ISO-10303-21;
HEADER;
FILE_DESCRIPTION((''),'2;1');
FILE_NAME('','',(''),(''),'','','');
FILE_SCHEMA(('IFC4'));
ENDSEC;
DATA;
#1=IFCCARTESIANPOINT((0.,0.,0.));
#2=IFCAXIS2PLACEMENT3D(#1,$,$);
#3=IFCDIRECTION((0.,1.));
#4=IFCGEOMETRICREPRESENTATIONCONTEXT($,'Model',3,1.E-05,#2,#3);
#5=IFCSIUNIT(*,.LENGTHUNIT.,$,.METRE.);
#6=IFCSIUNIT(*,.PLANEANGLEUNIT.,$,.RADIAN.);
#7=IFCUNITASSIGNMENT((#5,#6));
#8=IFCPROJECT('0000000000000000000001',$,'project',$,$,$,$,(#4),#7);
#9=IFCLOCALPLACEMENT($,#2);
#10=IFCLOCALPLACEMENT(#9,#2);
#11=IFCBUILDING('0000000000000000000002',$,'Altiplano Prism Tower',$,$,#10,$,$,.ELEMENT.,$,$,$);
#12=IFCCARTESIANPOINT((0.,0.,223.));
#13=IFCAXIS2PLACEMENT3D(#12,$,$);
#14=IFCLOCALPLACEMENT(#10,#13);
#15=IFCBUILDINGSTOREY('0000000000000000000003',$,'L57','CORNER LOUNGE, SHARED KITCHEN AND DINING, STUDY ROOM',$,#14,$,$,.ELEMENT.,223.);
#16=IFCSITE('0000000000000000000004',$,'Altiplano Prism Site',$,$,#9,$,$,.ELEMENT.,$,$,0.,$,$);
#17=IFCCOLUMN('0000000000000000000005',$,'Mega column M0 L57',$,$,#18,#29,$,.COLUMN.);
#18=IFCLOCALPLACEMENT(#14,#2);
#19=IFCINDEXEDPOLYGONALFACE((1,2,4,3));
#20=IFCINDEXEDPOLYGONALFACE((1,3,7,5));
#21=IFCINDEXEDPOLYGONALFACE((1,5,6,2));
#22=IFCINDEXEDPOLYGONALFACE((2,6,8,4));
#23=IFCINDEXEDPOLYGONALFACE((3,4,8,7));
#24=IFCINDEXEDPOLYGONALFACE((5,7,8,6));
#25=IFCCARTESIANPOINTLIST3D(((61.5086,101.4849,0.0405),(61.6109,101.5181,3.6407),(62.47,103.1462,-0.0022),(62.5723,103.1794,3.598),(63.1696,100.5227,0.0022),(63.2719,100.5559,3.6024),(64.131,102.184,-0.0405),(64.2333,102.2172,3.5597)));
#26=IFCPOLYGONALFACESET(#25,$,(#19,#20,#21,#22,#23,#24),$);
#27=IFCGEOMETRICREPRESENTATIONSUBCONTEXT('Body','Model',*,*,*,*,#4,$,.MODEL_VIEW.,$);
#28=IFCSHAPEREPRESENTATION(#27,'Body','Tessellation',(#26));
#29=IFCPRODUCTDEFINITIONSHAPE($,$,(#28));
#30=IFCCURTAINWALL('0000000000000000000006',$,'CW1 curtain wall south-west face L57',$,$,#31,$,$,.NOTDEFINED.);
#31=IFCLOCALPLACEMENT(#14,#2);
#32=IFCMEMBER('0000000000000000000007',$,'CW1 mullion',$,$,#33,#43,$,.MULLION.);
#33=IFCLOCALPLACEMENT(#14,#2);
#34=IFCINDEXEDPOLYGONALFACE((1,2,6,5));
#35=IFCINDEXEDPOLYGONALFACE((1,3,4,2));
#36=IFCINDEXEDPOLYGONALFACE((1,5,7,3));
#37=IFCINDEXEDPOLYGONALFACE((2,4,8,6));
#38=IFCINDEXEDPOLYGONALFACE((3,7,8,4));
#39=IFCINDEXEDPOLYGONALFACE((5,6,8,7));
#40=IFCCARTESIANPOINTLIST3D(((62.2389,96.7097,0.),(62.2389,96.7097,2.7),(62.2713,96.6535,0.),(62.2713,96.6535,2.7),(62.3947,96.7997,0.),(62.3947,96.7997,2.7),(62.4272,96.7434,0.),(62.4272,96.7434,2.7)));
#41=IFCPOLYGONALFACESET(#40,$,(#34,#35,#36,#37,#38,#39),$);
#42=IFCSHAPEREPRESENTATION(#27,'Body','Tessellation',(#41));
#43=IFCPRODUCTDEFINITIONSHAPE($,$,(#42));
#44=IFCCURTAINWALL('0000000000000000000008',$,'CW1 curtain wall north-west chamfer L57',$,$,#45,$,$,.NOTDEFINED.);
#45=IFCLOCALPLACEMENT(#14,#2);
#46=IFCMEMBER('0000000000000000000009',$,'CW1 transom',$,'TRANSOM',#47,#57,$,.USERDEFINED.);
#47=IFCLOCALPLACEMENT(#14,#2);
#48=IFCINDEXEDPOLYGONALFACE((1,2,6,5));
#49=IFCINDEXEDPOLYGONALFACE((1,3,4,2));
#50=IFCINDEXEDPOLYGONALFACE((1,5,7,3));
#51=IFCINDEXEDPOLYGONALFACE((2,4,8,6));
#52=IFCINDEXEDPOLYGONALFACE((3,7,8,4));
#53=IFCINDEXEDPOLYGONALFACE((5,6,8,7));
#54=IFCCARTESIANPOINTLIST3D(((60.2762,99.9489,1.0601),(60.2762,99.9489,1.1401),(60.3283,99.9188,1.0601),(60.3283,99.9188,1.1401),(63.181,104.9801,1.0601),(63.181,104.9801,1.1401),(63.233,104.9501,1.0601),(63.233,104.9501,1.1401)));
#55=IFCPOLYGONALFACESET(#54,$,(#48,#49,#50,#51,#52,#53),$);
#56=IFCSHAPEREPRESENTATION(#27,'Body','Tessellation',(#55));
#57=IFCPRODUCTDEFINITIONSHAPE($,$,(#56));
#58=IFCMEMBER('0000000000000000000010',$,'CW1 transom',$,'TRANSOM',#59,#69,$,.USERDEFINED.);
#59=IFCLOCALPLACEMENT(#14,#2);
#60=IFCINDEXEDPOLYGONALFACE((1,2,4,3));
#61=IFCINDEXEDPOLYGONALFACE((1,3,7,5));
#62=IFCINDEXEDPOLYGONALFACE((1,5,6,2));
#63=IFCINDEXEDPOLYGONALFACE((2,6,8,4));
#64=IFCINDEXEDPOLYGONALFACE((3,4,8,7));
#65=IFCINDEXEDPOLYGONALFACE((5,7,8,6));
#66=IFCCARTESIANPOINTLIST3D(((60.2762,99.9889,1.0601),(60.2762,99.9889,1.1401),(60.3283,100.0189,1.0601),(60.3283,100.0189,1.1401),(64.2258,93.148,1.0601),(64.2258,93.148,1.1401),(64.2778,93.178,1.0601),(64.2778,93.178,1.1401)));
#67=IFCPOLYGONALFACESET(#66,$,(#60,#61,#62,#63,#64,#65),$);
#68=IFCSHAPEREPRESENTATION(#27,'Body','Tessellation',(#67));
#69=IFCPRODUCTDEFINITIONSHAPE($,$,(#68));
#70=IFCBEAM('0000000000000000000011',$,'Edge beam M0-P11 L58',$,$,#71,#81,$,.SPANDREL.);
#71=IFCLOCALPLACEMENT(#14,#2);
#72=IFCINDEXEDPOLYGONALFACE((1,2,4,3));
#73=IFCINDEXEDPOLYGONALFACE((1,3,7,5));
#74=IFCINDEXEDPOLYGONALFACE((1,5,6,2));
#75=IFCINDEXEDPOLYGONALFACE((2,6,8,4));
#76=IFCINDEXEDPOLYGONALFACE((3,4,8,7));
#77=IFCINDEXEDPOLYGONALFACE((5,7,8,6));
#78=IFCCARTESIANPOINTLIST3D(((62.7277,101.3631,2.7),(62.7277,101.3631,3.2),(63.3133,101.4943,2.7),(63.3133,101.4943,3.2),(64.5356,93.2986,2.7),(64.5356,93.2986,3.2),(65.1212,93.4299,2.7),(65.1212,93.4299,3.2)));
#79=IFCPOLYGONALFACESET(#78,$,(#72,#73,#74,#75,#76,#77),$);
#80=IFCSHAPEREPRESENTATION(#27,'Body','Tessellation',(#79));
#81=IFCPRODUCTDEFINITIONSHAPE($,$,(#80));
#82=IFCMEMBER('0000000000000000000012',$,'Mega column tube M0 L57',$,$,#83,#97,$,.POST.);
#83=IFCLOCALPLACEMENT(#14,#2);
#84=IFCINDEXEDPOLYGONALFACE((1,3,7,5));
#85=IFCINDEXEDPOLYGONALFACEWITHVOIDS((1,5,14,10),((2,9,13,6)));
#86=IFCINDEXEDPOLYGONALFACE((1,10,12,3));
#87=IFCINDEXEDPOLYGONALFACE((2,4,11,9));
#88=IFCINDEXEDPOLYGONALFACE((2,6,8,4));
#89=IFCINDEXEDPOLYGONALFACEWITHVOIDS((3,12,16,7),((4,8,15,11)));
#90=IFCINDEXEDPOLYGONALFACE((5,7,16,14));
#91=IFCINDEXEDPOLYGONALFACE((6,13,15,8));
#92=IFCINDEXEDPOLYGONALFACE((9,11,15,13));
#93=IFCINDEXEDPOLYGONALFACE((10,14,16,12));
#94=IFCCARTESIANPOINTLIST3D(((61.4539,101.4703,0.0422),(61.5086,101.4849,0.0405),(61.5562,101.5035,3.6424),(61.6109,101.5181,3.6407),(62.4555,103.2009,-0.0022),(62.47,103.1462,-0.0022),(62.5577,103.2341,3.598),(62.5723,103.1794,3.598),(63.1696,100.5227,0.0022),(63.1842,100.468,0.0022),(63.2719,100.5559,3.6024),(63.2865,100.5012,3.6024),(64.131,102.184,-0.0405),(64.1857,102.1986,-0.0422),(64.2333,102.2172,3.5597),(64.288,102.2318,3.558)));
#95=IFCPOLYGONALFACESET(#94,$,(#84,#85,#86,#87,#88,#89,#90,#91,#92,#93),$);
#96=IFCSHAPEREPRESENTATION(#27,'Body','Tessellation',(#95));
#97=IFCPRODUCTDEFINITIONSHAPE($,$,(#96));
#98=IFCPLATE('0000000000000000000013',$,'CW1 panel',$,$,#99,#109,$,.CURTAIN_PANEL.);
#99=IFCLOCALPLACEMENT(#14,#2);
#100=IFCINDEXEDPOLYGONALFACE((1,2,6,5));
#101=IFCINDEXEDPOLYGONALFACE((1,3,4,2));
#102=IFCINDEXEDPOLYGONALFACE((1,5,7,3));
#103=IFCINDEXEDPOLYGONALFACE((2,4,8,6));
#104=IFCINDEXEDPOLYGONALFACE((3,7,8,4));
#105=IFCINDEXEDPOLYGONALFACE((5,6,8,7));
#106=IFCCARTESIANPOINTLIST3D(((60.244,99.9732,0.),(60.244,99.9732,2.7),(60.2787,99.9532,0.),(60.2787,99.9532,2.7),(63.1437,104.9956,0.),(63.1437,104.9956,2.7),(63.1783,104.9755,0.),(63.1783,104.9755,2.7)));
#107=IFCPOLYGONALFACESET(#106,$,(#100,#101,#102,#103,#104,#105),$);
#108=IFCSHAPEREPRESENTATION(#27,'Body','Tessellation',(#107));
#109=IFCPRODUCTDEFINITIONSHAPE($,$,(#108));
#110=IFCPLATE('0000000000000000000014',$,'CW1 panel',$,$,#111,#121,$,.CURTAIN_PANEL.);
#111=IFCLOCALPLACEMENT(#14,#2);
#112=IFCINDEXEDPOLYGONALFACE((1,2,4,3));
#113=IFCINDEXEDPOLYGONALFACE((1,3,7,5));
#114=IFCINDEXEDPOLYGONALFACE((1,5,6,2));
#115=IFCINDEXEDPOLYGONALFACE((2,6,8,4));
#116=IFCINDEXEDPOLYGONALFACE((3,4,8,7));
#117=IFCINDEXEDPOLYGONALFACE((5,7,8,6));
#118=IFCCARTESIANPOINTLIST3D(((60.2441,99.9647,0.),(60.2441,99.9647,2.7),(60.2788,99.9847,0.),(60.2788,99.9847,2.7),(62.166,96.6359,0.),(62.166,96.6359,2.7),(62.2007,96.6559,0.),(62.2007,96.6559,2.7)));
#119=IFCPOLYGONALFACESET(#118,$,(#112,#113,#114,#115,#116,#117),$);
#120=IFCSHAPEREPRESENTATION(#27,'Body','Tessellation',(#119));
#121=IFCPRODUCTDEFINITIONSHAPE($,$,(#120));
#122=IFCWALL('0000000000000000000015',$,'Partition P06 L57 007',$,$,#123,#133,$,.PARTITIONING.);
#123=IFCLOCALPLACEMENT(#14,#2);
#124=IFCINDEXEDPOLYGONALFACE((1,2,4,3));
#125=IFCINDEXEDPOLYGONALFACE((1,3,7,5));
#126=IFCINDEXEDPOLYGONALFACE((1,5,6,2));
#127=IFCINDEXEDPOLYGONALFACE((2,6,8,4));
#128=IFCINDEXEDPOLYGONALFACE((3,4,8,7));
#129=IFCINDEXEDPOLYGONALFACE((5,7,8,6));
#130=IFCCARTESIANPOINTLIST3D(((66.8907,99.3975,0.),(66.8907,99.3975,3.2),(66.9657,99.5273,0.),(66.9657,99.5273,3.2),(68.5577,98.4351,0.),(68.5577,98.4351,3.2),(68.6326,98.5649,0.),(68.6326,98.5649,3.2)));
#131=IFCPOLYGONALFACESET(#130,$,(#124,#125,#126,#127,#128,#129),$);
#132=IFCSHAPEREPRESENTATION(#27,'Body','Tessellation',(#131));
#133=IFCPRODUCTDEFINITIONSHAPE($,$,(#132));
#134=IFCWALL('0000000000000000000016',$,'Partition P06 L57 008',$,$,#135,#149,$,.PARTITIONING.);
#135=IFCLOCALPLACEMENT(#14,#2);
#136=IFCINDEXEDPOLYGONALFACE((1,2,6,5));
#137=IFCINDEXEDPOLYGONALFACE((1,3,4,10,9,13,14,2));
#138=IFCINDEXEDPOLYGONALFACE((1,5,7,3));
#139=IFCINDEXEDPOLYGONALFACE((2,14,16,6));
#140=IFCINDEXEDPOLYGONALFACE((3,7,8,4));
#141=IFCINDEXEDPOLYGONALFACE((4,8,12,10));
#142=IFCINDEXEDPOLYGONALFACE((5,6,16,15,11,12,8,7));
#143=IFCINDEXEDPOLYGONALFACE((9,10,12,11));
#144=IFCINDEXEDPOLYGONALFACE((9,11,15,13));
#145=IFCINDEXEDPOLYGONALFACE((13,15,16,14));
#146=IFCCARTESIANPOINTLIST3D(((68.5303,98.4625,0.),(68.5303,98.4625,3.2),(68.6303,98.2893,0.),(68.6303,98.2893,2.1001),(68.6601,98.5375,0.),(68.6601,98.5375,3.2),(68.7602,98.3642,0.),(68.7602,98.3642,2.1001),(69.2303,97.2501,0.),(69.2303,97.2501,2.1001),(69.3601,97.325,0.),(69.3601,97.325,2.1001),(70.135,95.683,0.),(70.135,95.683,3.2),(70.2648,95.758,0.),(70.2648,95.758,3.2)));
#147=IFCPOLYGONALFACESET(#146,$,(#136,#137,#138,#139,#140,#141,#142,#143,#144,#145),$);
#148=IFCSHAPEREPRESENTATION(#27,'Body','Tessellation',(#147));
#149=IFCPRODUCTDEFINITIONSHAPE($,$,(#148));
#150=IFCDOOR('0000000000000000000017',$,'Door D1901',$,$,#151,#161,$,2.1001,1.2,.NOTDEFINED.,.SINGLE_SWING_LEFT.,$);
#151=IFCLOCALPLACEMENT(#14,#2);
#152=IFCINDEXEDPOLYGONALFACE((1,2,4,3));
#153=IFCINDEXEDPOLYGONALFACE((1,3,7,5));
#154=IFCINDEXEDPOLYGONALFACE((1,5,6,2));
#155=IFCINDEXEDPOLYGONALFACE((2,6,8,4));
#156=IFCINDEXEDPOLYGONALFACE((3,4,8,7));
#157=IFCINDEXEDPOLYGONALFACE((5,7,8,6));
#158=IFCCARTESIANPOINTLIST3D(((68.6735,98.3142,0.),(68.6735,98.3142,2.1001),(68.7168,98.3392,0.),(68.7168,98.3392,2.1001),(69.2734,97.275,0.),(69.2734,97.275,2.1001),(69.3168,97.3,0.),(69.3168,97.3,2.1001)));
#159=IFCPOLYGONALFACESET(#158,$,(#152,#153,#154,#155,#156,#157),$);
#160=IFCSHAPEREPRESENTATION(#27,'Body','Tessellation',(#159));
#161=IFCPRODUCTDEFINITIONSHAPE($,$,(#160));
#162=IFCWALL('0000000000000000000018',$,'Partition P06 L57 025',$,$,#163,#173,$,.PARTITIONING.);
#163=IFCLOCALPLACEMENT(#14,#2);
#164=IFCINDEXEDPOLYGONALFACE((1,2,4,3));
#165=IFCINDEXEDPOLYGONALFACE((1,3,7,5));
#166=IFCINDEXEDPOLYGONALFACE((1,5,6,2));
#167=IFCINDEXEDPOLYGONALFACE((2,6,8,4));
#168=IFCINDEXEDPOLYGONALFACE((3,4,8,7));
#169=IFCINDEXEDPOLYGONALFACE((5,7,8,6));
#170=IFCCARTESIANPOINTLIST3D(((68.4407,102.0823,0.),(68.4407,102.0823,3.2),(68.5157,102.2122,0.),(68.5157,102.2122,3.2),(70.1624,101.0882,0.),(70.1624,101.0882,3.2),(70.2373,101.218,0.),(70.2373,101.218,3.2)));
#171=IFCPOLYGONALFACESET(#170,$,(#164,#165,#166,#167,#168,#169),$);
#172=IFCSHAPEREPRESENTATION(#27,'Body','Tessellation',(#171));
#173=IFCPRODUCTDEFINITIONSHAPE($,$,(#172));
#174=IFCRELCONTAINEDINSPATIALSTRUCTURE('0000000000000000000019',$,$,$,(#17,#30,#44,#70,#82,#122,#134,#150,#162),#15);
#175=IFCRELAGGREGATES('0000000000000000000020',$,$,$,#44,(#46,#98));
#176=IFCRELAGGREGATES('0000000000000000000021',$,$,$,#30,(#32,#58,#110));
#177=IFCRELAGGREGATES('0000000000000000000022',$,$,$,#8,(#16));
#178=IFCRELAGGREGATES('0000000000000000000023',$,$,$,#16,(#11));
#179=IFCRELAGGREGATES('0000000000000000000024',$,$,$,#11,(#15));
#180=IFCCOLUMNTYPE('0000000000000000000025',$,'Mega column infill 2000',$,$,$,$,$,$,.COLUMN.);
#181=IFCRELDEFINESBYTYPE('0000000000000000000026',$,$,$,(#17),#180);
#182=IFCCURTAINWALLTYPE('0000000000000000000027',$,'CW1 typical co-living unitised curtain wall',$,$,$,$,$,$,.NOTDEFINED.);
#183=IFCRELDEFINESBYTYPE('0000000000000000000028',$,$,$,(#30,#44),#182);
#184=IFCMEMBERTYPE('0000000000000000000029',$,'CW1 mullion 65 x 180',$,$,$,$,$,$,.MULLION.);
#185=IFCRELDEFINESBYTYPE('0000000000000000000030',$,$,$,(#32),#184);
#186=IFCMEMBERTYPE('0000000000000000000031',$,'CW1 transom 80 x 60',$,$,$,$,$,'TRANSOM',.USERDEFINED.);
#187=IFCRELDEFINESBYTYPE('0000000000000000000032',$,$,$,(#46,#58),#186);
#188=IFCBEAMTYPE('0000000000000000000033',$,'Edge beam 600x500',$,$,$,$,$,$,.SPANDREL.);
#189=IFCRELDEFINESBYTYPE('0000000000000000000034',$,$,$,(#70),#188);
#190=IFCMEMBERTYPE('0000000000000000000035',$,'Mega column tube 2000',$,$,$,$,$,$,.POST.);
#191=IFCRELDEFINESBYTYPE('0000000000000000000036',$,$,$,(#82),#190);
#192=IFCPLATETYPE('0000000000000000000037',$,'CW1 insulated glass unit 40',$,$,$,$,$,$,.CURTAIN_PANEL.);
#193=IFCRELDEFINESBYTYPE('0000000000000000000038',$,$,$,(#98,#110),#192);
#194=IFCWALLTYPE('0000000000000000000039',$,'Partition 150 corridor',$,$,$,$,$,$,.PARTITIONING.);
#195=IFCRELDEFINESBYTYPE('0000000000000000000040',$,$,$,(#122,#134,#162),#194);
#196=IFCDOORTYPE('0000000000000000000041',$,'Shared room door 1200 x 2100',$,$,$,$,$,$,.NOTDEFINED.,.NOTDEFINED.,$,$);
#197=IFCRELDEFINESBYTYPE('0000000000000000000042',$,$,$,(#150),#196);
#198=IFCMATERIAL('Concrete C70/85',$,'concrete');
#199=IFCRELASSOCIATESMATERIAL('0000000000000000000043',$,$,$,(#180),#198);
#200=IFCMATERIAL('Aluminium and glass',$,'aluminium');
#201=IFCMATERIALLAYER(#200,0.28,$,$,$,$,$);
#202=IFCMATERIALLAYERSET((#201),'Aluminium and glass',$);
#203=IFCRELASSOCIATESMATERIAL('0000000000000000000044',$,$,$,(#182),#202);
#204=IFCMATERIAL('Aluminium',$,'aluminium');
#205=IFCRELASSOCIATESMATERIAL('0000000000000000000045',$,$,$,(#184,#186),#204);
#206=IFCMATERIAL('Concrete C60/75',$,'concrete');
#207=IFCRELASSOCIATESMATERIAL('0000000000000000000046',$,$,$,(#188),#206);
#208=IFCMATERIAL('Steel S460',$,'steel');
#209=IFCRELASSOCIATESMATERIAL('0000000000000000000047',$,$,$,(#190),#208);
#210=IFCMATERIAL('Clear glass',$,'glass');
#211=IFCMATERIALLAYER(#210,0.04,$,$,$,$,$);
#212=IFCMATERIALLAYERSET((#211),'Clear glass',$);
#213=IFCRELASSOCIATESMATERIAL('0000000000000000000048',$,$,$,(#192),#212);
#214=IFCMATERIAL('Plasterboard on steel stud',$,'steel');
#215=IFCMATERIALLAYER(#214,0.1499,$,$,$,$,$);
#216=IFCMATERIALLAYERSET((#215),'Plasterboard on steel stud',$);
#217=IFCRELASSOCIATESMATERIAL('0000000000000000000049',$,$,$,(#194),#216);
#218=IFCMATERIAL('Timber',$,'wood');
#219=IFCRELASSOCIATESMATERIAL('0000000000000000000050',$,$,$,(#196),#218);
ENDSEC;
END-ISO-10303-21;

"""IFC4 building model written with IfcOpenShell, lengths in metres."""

from ifc_helpers import new_model, si_unit, direction, frame, frame_2d, origin, origin_2d, place, context, subcontext, project, spatial, rectangle, hollow_rectangle, extrude, material, layer, layer_set, material_profile, profile_set, type_object, element, fill, aggregate, save


model = new_model("IFC4")

# Units and contexts
model_context = context("Model", 3, precision=1e-05, world=origin(), true_north=direction((0.0, 1.0)))
body_context = subcontext(model_context, "Body", "Model", "MODEL_VIEW")
ifc_project = project(units=[si_unit("LENGTHUNIT", "METRE"), si_unit("PLANEANGLEUNIT", "RADIAN")], contexts=[model_context])

# Site, building, storey
site_placement = place(None, origin())
site = spatial("IfcSite", under=ifc_project, at=site_placement, Name="Altiplano Prism Site", CompositionType="ELEMENT", RefElevation=0.0)
building_placement = place(site_placement, origin())
building = spatial("IfcBuilding", under=site, at=building_placement, Name="Altiplano Prism Tower", CompositionType="ELEMENT")
storey_placement = place(building_placement, frame((0.0, 0.0, 223.0)))
storey = spatial("IfcBuildingStorey", under=building, at=storey_placement, Name="L57", Description="CORNER LOUNGE, SHARED KITCHEN AND DINING, STUDY ROOM", CompositionType="ELEMENT", Elevation=223.0)

# Column
ifc_material_1 = material(Name="Concrete C70/85", Category="concrete")
ifc_material_profile_1 = material_profile(ifc_material_1, rectangle(XDim=1.9199, YDim=1.9199, at=origin_2d()), Name="Mega column infill 2000")
ifc_profile_set_1 = profile_set([ifc_material_profile_1], Name="Concrete C70/85")
column_type = type_object("IfcColumnType", Name="Mega column infill 2000", PredefinedType="COLUMN", material=ifc_profile_set_1)
column_placement = place(storey_placement, frame((62.8198, 101.8345, 0.0), z_axis=(0.028402, 0.009219, 0.999554), x_axis=(-0.865125, 0.50116, 0.01996)))
element("IfcColumn", 1, at=column_placement, inside=storey, type_object=column_type, Name="Mega column M0 L57", PredefinedType="COLUMN", context=body_context, shape_type="SweptSolid", body=[
    extrude(rectangle(XDim=1.9199, YDim=1.9199, at=origin_2d()), origin(), (0.0, 0.0, 1.0), 3.6018),
])

# Curtain walls, members
ifc_material_2 = material(Name="Aluminium and glass", Category="aluminium")
ifc_layer_1 = layer(ifc_material_2, 0.28)
ifc_layer_set_1 = layer_set([ifc_layer_1], Name="Aluminium and glass")
curtain_wall_type = type_object("IfcCurtainWallType", Name="CW1 typical co-living unitised curtain wall", PredefinedType="NOTDEFINED", material=ifc_layer_set_1)
curtain_wall_1_placement = place(storey_placement, origin())
curtain_wall_1 = element("IfcCurtainWall", 2, at=curtain_wall_1_placement, inside=storey, type_object=curtain_wall_type, Name="CW1 curtain wall south-west face L57", PredefinedType="NOTDEFINED")
ifc_material_3 = material(Name="Aluminium", Category="aluminium")
ifc_material_profile_2 = material_profile(ifc_material_3, rectangle(XDim=0.1799, YDim=0.0649, at=origin_2d()), Name="CW1 mullion 65 x 180")
ifc_profile_set_2 = profile_set([ifc_material_profile_2], Name="Aluminium")
member_type_1 = type_object("IfcMemberType", Name="CW1 mullion 65 x 180", PredefinedType="MULLION", material=ifc_profile_set_2)
member_1_placement = place(storey_placement, frame((62.333, 96.7266, 0.0), z_axis=(0.0, 0.0, 1.0), x_axis=(0.866025, 0.5, 0.0)))
member_1 = element("IfcMember", 3, at=member_1_placement, type_object=member_type_1, Name="CW1 mullion", PredefinedType="MULLION", context=body_context, shape_type="SweptSolid", body=[
    extrude(rectangle(XDim=0.1799, YDim=0.0649, at=origin_2d()), origin(), (0.0, 0.0, 1.0), 2.7),
])
curtain_wall_2_placement = place(storey_placement, origin())
curtain_wall_2 = element("IfcCurtainWall", 4, at=curtain_wall_2_placement, inside=storey, type_object=curtain_wall_type, Name="CW1 curtain wall north-west chamfer L57", PredefinedType="NOTDEFINED")
ifc_material_profile_3 = material_profile(ifc_material_3, rectangle(XDim=0.0601, YDim=0.0801, at=origin_2d()), Name="CW1 transom 80 x 60")
ifc_profile_set_3 = profile_set([ifc_material_profile_3], Name="Aluminium")
member_type_2 = type_object("IfcMemberType", Name="CW1 transom 80 x 60", ElementType="TRANSOM", PredefinedType="USERDEFINED", material=ifc_profile_set_3)
member_2_placement = place(storey_placement, frame((63.207, 104.9651, 1.1001), z_axis=(-0.499999, -0.866026, 0.0), x_axis=(0.866026, -0.499999, 0.0)))
member_2 = element("IfcMember", 5, at=member_2_placement, type_object=member_type_2, Name="CW1 transom", ObjectType="TRANSOM", PredefinedType="USERDEFINED", context=body_context, shape_type="SweptSolid", body=[
    extrude(rectangle(XDim=0.0601, YDim=0.0801, at=origin_2d()), origin(), (0.0, 0.0, 1.0), 5.8096),
])

# Member
member_3_placement = place(storey_placement, frame((60.3022, 100.0039, 1.1001), z_axis=(0.499992, -0.86603, 0.0), x_axis=(0.86603, 0.499992, 0.0)))
member_3 = element("IfcMember", 6, at=member_3_placement, type_object=member_type_2, Name="CW1 transom", ObjectType="TRANSOM", PredefinedType="USERDEFINED", context=body_context, shape_type="SweptSolid", body=[
    extrude(rectangle(XDim=0.0601, YDim=0.0801, at=origin_2d()), origin(), (0.0, 0.0, 1.0), 7.8992),
])

# Beam
ifc_material_4 = material(Name="Concrete C60/75", Category="concrete")
ifc_material_profile_4 = material_profile(ifc_material_4, rectangle(XDim=0.6001, YDim=0.5, at=origin_2d()), Name="Edge beam 600x500")
ifc_profile_set_4 = profile_set([ifc_material_profile_4], Name="Concrete C60/75")
beam_type = type_object("IfcBeamType", Name="Edge beam 600x500", PredefinedType="SPANDREL", material=ifc_profile_set_4)
beam_placement = place(storey_placement, frame((63.0205, 101.4287, 2.95), z_axis=(0.218747, -0.975782, 0.0), x_axis=(0.975782, 0.218747, 0.0)))
element("IfcBeam", 7, at=beam_placement, inside=storey, type_object=beam_type, Name="Edge beam M0-P11 L58", PredefinedType="SPANDREL", context=body_context, shape_type="SweptSolid", body=[
    extrude(rectangle(XDim=0.6001, YDim=0.5, at=origin_2d()), origin(), (0.0, 0.0, 1.0), 8.2646),
])

# Member
ifc_material_5 = material(Name="Steel S460", Category="steel")
ifc_material_profile_5 = material_profile(ifc_material_5, hollow_rectangle(XDim=2.0, YDim=2.0, WallThickness=0.04, at=origin_2d()), Name="Mega column tube 2000")
ifc_profile_set_5 = profile_set([ifc_material_profile_5], Name="Steel S460")
member_type_3 = type_object("IfcMemberType", Name="Mega column tube 2000", PredefinedType="POST", material=ifc_profile_set_5)
member_4_placement = place(storey_placement, frame((62.8198, 101.8345, 0.0), z_axis=(0.028402, 0.009219, 0.999554), x_axis=(-0.865125, 0.50116, 0.01996)))
element("IfcMember", 8, at=member_4_placement, inside=storey, type_object=member_type_3, Name="Mega column tube M0 L57", PredefinedType="POST", context=body_context, shape_type="SweptSolid", body=[
    extrude(hollow_rectangle(XDim=2.0, YDim=2.0, WallThickness=0.04, at=origin_2d()), origin(), (0.0, 0.0, 1.0), 3.6018),
])

# Plates
ifc_material_6 = material(Name="Clear glass", Category="glass")
ifc_layer_2 = layer(ifc_material_6, 0.04)
ifc_layer_set_2 = layer_set([ifc_layer_2], Name="Clear glass")
plate_type = type_object("IfcPlateType", Name="CW1 insulated glass unit 40", PredefinedType="CURTAIN_PANEL", material=ifc_layer_set_2)
plate_1_placement = place(storey_placement, frame((61.7112, 102.4744, 0.0), z_axis=(0.0, 0.0, 1.0), x_axis=(-0.5, -0.866025, 0.0)))
plate_1 = element("IfcPlate", 9, at=plate_1_placement, type_object=plate_type, Name="CW1 panel", PredefinedType="CURTAIN_PANEL", context=body_context, shape_type="SweptSolid", body=[
    extrude(rectangle(XDim=5.7993, YDim=0.04, at=origin_2d()), origin(), (0.0, 0.0, 1.0), 2.7),
])
aggregate(curtain_wall_2, [member_2, plate_1])
plate_2_placement = place(storey_placement, frame((61.2224, 98.3103, 0.0), z_axis=(0.0, 0.0, 1.0), x_axis=(0.5, -0.866025, 0.0)))
plate_2 = element("IfcPlate", 10, at=plate_2_placement, type_object=plate_type, Name="CW1 panel", PredefinedType="CURTAIN_PANEL", context=body_context, shape_type="SweptSolid", body=[
    extrude(rectangle(XDim=3.8438, YDim=0.04, at=origin_2d()), origin(), (0.0, 0.0, 1.0), 2.7),
])
aggregate(curtain_wall_1, [member_1, member_3, plate_2])

# Wall
ifc_material_7 = material(Name="Plasterboard on steel stud", Category="steel")
ifc_layer_3 = layer(ifc_material_7, 0.1499)
ifc_layer_set_3 = layer_set([ifc_layer_3], Name="Plasterboard on steel stud")
wall_type_1 = type_object("IfcWallType", Name="Partition 150 corridor", PredefinedType="PARTITIONING", material=ifc_layer_set_3)
wall_1_placement = place(storey_placement, frame((66.9282, 99.4624, 0.0), z_axis=(0.0, 0.0, 1.0), x_axis=(0.866034, -0.499986, 0.0)))
element("IfcWall", 11, at=wall_1_placement, inside=storey, type_object=wall_type_1, Name="Partition P06 L57 007", PredefinedType="PARTITIONING", context=body_context, shape_type="SweptSolid", body=[
    extrude(rectangle(XDim=1.9248, YDim=0.1499, at=frame_2d((0.9624, 0.0))), origin(), (0.0, 0.0, 1.0), 3.2),
])

# Wall, opening, door
wall_2_placement = place(storey_placement, frame((68.5952, 98.5, 0.0), z_axis=(0.0, 0.0, 1.0), x_axis=(0.499992, -0.86603, 0.0)))
wall_2 = element("IfcWall", 12, at=wall_2_placement, inside=storey, type_object=wall_type_1, Name="Partition P06 L57 008", PredefinedType="PARTITIONING", context=body_context, shape_type="SweptSolid", body=[
    extrude(rectangle(XDim=3.2095, YDim=0.1499, at=frame_2d((1.6047, 0.0))), origin(), (0.0, 0.0, 1.0), 3.2),
])
opening_1_placement = place(wall_2_placement, frame((0.2, 0.0, 0.0)))
opening_1 = element("IfcOpeningElement", 13, at=opening_1_placement, cuts=wall_2, PredefinedType="OPENING", context=body_context, shape_type="SweptSolid", body=[
    extrude(rectangle(XDim=1.2, YDim=2.1001, at=frame_2d((0.6001, 1.05))), frame((0.0, 0.0854, 0.0), z_axis=(0.0, -1.0, 0.0), x_axis=(1.0, 0.0, 0.0)), (0.0, 0.0, 1.0), 0.1709),
])
ifc_material_8 = material(Name="Timber", Category="wood")
door_type_1 = type_object("IfcDoorType", Name="Shared room door 1200 x 2100", OperationType="NOTDEFINED", PredefinedType="NOTDEFINED", material=ifc_material_8)
door_1_placement = place(opening_1_placement, origin())
door_1 = element("IfcDoor", 14, at=door_1_placement, inside=storey, type_object=door_type_1, Name="Door D1901", OperationType="SINGLE_SWING_LEFT", OverallHeight=2.1001, OverallWidth=1.2, PredefinedType="NOTDEFINED", context=body_context, shape_type="SweptSolid", body=[
    extrude(rectangle(XDim=1.2, YDim=2.1001, at=frame_2d((0.6001, 1.05))), frame((0.0, 0.0249, 0.0), z_axis=(0.0, -1.0, 0.0), x_axis=(1.0, 0.0, 0.0)), (0.0, 0.0, 1.0), 0.05),
])
fill(opening_1, door_1)

# Wall
wall_3_placement = place(storey_placement, frame((70.2, 101.1531, 0.0), z_axis=(0.0, 0.0, 1.0), x_axis=(-0.865997, 0.500048, 0.0)))
element("IfcWall", 15, at=wall_3_placement, inside=storey, type_object=wall_type_1, Name="Partition P06 L57 025", PredefinedType="PARTITIONING", context=body_context, shape_type="SweptSolid", body=[
    extrude(rectangle(XDim=1.988, YDim=0.1499, at=frame_2d((0.9941, 0.0))), origin(), (0.0, 0.0, 1.0), 3.2),
])

save(model, "model.ifc")
